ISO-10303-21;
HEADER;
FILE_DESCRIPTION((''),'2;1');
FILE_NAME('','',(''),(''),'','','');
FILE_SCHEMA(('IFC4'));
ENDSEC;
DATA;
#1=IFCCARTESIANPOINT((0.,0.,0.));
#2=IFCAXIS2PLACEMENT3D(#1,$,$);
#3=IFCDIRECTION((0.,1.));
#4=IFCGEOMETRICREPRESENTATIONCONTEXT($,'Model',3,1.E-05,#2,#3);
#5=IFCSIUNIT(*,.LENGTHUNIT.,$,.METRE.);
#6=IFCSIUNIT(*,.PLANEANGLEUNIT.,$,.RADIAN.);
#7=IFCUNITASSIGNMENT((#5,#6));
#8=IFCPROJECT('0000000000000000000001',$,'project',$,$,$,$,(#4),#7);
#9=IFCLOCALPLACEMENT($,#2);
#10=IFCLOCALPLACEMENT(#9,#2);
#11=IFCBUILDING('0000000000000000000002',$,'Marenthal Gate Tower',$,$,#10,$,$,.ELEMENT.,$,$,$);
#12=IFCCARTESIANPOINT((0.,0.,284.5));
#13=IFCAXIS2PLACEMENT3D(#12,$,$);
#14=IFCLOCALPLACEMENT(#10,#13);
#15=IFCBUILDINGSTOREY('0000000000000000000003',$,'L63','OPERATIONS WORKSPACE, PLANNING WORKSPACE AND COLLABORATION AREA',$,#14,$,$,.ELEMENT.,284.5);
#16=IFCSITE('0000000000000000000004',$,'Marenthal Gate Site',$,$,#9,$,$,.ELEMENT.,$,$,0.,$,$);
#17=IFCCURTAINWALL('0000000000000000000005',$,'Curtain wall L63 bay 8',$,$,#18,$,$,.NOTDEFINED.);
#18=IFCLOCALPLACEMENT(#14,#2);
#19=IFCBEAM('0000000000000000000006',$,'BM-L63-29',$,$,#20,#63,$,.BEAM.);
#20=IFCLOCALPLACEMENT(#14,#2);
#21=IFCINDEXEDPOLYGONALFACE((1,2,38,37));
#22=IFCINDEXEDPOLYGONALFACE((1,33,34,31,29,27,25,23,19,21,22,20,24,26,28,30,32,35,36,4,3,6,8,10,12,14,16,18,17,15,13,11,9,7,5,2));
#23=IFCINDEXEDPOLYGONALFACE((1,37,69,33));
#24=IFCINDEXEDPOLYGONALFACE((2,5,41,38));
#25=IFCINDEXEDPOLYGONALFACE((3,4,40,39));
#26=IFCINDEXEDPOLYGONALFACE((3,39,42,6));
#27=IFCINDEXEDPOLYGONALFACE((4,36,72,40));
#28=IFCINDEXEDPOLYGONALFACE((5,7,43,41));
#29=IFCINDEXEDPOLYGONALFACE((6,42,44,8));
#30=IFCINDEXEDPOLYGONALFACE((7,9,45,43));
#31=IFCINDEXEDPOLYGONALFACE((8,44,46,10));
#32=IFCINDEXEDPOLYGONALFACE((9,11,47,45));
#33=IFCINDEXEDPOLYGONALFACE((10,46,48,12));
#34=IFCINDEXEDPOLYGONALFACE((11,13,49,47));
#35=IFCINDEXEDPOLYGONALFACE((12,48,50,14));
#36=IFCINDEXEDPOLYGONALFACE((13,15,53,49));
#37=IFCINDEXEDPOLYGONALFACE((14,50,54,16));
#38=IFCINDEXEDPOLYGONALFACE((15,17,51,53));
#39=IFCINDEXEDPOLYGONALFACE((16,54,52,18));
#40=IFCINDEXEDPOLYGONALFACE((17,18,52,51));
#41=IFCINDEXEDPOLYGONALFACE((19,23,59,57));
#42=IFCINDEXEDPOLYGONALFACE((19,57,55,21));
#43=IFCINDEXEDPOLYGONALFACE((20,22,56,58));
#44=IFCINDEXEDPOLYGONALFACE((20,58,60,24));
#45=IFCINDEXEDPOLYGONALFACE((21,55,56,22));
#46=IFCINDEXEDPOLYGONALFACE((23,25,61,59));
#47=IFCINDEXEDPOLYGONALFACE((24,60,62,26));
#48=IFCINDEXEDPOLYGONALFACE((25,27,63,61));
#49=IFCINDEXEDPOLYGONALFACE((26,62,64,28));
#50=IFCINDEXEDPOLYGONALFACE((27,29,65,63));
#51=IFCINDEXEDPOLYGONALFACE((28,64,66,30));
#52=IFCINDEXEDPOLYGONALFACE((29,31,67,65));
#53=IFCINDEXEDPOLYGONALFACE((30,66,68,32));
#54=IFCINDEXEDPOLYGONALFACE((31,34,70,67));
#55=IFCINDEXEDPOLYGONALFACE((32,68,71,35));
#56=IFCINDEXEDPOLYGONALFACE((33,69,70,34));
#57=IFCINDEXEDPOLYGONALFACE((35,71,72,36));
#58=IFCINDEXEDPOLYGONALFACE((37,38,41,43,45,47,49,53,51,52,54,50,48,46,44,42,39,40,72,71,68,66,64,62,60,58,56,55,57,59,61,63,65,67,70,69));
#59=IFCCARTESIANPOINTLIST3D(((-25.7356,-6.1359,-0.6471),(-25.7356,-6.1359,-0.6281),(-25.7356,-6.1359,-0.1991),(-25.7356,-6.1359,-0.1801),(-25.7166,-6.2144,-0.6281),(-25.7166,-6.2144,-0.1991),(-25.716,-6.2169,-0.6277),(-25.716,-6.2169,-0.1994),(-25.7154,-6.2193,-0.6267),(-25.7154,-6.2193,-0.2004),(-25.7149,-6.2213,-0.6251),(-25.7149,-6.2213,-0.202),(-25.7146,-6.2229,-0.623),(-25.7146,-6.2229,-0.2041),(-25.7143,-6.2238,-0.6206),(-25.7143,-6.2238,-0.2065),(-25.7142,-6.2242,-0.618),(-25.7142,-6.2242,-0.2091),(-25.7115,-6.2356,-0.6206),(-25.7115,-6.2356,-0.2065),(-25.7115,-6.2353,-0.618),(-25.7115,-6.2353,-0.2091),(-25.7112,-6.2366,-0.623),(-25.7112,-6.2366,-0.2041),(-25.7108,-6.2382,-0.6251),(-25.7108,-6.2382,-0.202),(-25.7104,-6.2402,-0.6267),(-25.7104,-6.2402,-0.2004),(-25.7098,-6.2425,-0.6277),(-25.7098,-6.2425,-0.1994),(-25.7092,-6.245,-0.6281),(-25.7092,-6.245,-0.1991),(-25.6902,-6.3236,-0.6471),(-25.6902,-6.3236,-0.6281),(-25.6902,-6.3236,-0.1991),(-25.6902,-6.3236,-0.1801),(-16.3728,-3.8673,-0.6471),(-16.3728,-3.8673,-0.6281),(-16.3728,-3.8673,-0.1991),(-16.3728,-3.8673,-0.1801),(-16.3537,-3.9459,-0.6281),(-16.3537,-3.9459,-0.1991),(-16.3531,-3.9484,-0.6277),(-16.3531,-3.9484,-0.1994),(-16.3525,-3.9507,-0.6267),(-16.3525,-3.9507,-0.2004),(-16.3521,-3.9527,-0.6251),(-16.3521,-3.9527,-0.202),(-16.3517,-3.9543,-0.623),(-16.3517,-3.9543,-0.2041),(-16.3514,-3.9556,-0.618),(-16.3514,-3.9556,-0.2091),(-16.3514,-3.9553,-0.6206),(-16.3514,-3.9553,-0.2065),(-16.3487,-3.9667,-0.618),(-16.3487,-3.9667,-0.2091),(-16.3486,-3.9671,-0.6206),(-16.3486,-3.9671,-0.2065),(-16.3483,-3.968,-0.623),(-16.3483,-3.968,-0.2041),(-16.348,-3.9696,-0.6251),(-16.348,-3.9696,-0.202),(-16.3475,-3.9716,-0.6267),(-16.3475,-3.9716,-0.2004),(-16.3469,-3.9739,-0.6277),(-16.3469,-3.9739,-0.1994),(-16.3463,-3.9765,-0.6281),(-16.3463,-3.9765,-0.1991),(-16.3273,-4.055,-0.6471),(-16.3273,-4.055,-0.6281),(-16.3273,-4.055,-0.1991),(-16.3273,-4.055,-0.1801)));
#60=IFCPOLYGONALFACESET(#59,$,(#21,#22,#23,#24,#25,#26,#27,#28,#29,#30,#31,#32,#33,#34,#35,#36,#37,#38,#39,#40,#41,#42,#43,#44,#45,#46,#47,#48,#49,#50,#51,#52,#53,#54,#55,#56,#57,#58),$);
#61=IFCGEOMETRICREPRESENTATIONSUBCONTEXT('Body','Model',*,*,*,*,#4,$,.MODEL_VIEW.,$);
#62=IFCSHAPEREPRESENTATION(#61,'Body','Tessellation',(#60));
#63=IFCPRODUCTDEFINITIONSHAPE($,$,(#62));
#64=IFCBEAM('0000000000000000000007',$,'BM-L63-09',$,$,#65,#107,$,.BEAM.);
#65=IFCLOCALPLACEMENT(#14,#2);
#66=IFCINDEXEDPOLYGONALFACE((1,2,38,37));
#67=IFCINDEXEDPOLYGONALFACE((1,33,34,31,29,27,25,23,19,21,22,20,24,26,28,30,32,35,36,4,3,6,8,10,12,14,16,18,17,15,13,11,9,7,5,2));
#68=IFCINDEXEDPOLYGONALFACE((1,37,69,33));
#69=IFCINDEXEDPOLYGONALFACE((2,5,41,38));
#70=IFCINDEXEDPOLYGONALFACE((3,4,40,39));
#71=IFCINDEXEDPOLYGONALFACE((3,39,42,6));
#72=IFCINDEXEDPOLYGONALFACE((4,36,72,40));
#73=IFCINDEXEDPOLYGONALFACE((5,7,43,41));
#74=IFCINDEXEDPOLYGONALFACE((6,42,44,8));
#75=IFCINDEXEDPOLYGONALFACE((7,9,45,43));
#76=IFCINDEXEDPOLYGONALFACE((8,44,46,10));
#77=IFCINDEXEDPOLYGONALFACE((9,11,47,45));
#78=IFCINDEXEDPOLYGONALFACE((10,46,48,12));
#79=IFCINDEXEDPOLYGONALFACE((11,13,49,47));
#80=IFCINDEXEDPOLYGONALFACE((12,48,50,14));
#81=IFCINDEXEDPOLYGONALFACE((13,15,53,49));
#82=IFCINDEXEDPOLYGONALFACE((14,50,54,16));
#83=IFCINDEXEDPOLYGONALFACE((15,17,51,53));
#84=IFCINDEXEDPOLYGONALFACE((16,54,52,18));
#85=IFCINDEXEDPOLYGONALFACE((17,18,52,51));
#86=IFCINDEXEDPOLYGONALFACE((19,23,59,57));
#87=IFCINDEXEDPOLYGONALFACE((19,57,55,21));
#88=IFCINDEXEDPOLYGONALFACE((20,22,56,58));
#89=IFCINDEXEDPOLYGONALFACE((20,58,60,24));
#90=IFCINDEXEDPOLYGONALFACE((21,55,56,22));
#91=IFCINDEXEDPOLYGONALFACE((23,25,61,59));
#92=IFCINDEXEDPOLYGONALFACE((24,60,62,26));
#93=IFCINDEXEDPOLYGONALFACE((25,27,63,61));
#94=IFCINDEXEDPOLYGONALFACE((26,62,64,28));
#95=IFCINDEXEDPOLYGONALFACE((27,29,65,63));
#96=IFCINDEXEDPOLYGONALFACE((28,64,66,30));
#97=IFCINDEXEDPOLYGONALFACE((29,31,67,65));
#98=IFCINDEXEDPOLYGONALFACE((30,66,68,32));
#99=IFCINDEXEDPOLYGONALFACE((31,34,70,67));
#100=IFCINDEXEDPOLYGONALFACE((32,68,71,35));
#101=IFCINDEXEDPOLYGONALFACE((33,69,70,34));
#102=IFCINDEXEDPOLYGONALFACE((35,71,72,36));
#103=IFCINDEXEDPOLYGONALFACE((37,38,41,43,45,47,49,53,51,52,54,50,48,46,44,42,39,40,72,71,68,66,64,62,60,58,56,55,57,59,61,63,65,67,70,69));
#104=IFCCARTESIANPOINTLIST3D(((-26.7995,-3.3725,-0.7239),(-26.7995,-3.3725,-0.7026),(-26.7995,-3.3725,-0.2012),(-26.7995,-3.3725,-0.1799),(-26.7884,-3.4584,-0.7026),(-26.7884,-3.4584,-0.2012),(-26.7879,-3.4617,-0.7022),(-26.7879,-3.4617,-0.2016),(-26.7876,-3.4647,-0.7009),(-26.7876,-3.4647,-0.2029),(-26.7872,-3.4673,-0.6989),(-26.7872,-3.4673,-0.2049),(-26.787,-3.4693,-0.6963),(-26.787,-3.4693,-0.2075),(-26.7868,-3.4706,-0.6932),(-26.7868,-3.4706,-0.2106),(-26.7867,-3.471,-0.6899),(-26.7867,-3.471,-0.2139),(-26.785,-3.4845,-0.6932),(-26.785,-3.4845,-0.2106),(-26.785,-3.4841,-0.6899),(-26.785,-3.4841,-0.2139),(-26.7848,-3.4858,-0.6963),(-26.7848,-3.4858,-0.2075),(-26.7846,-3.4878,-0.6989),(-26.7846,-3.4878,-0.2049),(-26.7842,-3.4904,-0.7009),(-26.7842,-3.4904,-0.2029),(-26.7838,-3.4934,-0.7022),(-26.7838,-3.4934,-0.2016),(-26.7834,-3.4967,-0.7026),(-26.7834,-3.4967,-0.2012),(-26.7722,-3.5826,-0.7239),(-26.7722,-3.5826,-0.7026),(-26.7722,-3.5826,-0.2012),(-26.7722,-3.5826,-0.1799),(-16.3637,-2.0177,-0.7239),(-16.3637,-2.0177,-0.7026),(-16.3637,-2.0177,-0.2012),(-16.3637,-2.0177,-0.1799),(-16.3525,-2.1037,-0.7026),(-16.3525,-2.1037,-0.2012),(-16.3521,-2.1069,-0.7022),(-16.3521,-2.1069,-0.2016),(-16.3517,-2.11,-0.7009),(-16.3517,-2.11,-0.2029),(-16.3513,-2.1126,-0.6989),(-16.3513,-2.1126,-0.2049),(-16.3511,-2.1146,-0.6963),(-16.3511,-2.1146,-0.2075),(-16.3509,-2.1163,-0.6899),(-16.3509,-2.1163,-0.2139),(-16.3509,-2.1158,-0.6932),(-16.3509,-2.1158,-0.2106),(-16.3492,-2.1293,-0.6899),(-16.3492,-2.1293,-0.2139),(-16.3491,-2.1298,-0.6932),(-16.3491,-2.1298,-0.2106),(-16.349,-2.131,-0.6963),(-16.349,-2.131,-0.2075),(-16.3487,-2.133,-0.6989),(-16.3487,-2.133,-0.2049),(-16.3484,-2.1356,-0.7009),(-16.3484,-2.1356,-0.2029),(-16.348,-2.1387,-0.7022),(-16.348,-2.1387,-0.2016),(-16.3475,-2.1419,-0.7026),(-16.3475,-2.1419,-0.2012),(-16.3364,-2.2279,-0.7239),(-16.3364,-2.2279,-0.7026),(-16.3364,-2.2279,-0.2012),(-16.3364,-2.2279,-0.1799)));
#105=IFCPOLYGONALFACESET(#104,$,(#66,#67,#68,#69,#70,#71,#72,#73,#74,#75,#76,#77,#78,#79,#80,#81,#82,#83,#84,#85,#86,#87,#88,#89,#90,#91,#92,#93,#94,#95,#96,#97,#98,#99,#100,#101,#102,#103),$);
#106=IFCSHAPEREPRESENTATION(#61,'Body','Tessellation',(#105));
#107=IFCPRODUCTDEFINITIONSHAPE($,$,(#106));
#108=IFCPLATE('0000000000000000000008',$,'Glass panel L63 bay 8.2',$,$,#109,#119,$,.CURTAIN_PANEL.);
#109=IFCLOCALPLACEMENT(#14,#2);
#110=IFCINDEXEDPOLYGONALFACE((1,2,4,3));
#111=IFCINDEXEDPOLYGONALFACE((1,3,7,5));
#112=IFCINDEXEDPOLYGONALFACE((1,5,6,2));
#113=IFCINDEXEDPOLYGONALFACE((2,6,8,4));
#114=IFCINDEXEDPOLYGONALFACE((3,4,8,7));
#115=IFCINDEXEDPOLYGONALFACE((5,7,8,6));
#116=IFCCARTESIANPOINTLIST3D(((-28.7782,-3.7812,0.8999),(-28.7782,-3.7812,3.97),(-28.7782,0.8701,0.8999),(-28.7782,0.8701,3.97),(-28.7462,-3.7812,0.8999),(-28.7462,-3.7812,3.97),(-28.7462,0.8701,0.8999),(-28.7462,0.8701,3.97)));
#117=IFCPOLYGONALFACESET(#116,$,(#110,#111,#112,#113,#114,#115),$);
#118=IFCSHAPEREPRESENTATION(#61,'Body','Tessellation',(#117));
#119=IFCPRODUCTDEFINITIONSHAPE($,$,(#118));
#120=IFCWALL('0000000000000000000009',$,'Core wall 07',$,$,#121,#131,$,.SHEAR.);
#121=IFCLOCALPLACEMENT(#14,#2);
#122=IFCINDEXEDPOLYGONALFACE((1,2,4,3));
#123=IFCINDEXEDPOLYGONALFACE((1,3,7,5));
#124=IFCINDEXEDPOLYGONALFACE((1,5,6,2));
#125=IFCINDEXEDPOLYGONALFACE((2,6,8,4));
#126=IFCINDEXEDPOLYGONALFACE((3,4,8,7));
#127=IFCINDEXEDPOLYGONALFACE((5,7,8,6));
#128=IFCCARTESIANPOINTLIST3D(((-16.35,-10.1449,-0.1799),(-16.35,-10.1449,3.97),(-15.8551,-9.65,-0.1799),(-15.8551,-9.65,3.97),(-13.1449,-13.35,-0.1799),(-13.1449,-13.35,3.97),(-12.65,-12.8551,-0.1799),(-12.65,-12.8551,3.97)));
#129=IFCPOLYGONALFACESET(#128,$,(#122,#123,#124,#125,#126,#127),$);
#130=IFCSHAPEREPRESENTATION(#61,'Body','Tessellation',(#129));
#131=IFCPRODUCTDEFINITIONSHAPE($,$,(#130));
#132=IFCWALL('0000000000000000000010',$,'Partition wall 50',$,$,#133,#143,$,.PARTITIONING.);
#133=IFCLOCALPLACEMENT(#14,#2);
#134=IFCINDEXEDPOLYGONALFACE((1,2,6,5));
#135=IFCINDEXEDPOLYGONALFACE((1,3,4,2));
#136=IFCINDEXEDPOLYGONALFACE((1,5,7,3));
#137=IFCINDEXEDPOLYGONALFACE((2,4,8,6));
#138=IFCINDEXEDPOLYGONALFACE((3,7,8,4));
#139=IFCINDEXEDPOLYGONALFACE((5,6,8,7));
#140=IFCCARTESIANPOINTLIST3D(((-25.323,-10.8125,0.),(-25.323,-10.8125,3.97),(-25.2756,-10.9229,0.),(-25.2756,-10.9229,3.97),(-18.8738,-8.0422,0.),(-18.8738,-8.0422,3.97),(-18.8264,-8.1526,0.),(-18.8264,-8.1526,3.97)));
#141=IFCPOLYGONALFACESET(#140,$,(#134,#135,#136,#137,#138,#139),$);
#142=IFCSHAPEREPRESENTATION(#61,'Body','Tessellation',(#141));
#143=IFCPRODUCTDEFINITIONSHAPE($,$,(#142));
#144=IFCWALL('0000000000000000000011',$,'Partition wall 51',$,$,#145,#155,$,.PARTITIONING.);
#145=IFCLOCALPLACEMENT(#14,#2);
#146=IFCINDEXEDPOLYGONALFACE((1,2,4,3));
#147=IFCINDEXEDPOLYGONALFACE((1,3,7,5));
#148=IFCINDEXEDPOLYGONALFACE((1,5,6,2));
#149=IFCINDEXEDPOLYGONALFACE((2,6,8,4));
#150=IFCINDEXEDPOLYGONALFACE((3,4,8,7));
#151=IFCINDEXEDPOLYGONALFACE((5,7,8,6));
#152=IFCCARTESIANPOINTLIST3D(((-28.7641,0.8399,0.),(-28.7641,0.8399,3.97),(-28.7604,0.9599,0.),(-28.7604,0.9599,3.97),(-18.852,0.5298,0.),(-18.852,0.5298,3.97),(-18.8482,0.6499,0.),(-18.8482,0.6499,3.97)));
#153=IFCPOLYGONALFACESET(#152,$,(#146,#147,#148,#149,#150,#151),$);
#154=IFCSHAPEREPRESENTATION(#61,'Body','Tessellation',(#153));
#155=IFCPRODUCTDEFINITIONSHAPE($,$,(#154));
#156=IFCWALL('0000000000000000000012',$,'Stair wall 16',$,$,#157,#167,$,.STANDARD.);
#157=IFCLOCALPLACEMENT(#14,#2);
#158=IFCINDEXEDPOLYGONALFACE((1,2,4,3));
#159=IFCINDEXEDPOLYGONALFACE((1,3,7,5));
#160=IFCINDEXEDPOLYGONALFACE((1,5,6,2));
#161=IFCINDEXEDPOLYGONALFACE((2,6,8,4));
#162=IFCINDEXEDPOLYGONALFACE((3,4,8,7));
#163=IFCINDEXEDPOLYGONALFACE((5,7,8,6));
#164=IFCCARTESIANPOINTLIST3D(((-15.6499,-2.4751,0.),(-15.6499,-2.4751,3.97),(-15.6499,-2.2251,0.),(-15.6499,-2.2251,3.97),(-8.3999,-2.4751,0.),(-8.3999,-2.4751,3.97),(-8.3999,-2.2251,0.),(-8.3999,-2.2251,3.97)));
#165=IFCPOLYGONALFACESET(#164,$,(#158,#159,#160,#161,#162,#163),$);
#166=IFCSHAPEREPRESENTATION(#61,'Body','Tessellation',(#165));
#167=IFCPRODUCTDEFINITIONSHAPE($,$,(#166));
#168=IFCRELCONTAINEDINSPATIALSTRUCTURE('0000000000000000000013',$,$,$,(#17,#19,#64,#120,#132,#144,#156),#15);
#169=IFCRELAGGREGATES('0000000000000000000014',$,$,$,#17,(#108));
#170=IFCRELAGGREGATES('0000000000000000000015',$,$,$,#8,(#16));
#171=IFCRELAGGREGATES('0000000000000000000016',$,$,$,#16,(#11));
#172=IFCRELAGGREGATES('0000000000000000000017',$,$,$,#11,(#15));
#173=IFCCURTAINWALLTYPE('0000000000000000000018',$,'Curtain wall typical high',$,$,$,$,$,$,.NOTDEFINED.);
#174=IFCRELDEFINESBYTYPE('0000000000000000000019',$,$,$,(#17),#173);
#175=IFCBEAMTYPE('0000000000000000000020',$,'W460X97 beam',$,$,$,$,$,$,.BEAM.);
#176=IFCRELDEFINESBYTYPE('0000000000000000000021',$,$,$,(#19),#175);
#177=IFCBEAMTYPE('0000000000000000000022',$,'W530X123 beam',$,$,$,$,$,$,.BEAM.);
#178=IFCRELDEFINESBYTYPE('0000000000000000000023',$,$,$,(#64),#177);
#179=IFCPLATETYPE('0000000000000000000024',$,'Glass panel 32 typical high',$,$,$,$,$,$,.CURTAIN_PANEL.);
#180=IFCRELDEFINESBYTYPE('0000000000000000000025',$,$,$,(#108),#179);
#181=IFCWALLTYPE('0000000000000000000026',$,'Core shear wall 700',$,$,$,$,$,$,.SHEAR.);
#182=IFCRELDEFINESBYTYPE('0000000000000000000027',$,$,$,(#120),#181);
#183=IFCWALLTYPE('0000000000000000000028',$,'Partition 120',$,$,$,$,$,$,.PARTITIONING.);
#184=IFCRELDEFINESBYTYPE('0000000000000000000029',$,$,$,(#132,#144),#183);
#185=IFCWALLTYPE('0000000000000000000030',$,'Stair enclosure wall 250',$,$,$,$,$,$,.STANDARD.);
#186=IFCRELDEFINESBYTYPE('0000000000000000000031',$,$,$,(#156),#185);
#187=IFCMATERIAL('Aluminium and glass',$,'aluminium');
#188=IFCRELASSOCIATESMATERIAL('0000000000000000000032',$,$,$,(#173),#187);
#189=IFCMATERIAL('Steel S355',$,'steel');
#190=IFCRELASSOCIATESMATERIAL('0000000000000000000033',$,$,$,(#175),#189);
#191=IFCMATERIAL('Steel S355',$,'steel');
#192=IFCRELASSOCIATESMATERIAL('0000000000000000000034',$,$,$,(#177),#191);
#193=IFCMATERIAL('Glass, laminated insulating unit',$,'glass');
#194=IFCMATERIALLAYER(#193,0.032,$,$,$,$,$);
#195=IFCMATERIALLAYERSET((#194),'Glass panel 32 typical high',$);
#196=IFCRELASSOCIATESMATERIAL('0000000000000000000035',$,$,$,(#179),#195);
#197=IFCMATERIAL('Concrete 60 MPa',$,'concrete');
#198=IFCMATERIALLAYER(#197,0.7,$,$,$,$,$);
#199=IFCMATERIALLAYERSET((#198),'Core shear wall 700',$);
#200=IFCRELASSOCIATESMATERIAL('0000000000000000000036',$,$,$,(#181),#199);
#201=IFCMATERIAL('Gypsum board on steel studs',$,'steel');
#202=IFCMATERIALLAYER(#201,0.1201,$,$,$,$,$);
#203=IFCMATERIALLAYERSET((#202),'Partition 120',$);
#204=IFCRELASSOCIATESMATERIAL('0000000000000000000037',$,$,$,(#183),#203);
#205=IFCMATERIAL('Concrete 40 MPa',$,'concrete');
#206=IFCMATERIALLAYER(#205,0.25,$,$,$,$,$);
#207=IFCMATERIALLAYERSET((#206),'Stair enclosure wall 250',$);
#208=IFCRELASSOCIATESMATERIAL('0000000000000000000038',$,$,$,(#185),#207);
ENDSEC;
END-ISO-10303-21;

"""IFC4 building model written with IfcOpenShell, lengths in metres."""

from ifc_helpers import new_model, si_unit, direction, frame, frame_2d, origin, origin_2d, place, context, subcontext, project, spatial, rectangle, i_section, extrude, material, layer, layer_set, material_profile, profile_set, type_object, element, aggregate, save


model = new_model("IFC4")

# Units and contexts
model_context = context("Model", 3, precision=1e-05, world=origin(), true_north=direction((0.0, 1.0)))
body_context = subcontext(model_context, "Body", "Model", "MODEL_VIEW")
ifc_project = project(units=[si_unit("LENGTHUNIT", "METRE"), si_unit("PLANEANGLEUNIT", "RADIAN")], contexts=[model_context])

# Site, building, storey
site_placement = place(None, origin())
site = spatial("IfcSite", under=ifc_project, at=site_placement, Name="Marenthal Gate Site", CompositionType="ELEMENT", RefElevation=0.0)
building_placement = place(site_placement, origin())
building = spatial("IfcBuilding", under=site, at=building_placement, Name="Marenthal Gate Tower", CompositionType="ELEMENT")
storey_placement = place(building_placement, frame((0.0, 0.0, 284.5)))
storey = spatial("IfcBuildingStorey", under=building, at=storey_placement, Name="L63", Description="OPERATIONS WORKSPACE, PLANNING WORKSPACE AND COLLABORATION AREA", CompositionType="ELEMENT", Elevation=284.5)

# Curtain wall
ifc_material_1 = material(Name="Aluminium and glass", Category="aluminium")
curtain_wall_type = type_object("IfcCurtainWallType", Name="Curtain wall typical high", PredefinedType="NOTDEFINED", material=ifc_material_1)
curtain_wall_placement = place(storey_placement, origin())
curtain_wall = element("IfcCurtainWall", 1, at=curtain_wall_placement, inside=storey, type_object=curtain_wall_type, Name="Curtain wall L63 bay 8", PredefinedType="NOTDEFINED")

# Beams
ifc_material_2 = material(Name="Steel S355", Category="steel")
ifc_material_profile_1 = material_profile(ifc_material_2, i_section(OverallWidth=0.1931, OverallDepth=0.467, WebThickness=0.0115, FlangeThickness=0.019, FilletRadius=0.01, at=origin_2d()), Name="W460X97")
ifc_profile_set_1 = profile_set([ifc_material_profile_1], Name="Steel S355")
beam_type_1 = type_object("IfcBeamType", Name="W460X97 beam", PredefinedType="BEAM", material=ifc_profile_set_1)
beam_1_placement = place(storey_placement, frame((-25.7129, -6.2297, -0.4136), z_axis=(0.971879, 0.235481, 0.0), x_axis=(-0.235481, 0.971879, 0.0)))
element("IfcBeam", 2, at=beam_1_placement, inside=storey, type_object=beam_type_1, Name="BM-L63-29", PredefinedType="BEAM", context=body_context, shape_type="SweptSolid", body=[
    extrude(i_section(OverallWidth=0.1931, OverallDepth=0.467, WebThickness=0.0115, FlangeThickness=0.019, FilletRadius=0.01, at=origin_2d()), origin(), (0.0, 0.0, 1.0), 9.6338),
])
ifc_material_3 = material(Name="Steel S355", Category="steel")
ifc_material_profile_2 = material_profile(ifc_material_3, i_section(OverallWidth=0.2119, OverallDepth=0.5439, WebThickness=0.0132, FlangeThickness=0.0212, FilletRadius=0.0127, at=origin_2d()), Name="W530X123")
ifc_profile_set_2 = profile_set([ifc_material_profile_2], Name="Steel S355")
beam_type_2 = type_object("IfcBeamType", Name="W530X123 beam", PredefinedType="BEAM", material=ifc_profile_set_2)
beam_2_placement = place(storey_placement, frame((-26.7859, -3.4775, -0.4519), z_axis=(0.991679, 0.128736, 0.0), x_axis=(-0.128736, 0.991679, 0.0)))
element("IfcBeam", 3, at=beam_2_placement, inside=storey, type_object=beam_type_2, Name="BM-L63-09", PredefinedType="BEAM", context=body_context, shape_type="SweptSolid", body=[
    extrude(i_section(OverallWidth=0.2119, OverallDepth=0.5439, WebThickness=0.0132, FlangeThickness=0.0212, FilletRadius=0.0127, at=origin_2d()), origin(), (0.0, 0.0, 1.0), 10.5234),
])

# Plate
ifc_material_4 = material(Name="Glass, laminated insulating unit", Category="glass")
ifc_layer_1 = layer(ifc_material_4, 0.032)
ifc_layer_set_1 = layer_set([ifc_layer_1], Name="Glass panel 32 typical high")
plate_type = type_object("IfcPlateType", Name="Glass panel 32 typical high", PredefinedType="CURTAIN_PANEL", material=ifc_layer_set_1)
plate_placement = place(storey_placement, frame((-28.7622, -1.4556, 0.8999), z_axis=(0.0, 0.0, 1.0), x_axis=(0.0, -1.0, 0.0)))
plate = element("IfcPlate", 4, at=plate_placement, type_object=plate_type, Name="Glass panel L63 bay 8.2", PredefinedType="CURTAIN_PANEL", context=body_context, shape_type="SweptSolid", body=[
    extrude(rectangle(XDim=4.6514, YDim=0.032, at=origin_2d()), origin(), (0.0, 0.0, 1.0), 3.0701),
])
aggregate(curtain_wall, [plate])

# Walls
ifc_material_5 = material(Name="Concrete 60 MPa", Category="concrete")
ifc_layer_2 = layer(ifc_material_5, 0.7)
ifc_layer_set_2 = layer_set([ifc_layer_2], Name="Core shear wall 700")
wall_type_1 = type_object("IfcWallType", Name="Core shear wall 700", PredefinedType="SHEAR", material=ifc_layer_set_2)
wall_1_placement = place(storey_placement, frame((-16.1025, -9.8975, -0.1799), z_axis=(0.0, 0.0, 1.0), x_axis=(0.707107, -0.707107, 0.0)))
element("IfcWall", 5, at=wall_1_placement, inside=storey, type_object=wall_type_1, Name="Core wall 07", PredefinedType="SHEAR", context=body_context, shape_type="SweptSolid", body=[
    extrude(rectangle(XDim=4.5327, YDim=0.7, at=frame_2d((2.2664, 0.0))), origin(), (0.0, 0.0, 1.0), 4.1499),
])
ifc_material_6 = material(Name="Gypsum board on steel studs", Category="steel")
ifc_layer_3 = layer(ifc_material_6, 0.1201)
ifc_layer_set_3 = layer_set([ifc_layer_3], Name="Partition 120")
wall_type_2 = type_object("IfcWallType", Name="Partition 120", PredefinedType="PARTITIONING", material=ifc_layer_set_3)
wall_2_placement = place(storey_placement, frame((-18.8501, -8.0974, 0.0), z_axis=(0.0, 0.0, 1.0), x_axis=(-0.918819, -0.394679, 0.0)))
element("IfcWall", 6, at=wall_2_placement, inside=storey, type_object=wall_type_2, Name="Partition wall 50", PredefinedType="PARTITIONING", context=body_context, shape_type="SweptSolid", body=[
    extrude(rectangle(XDim=7.019, YDim=0.1201, at=frame_2d((3.5095, 0.0))), origin(), (0.0, 0.0, 1.0), 3.97),
])
wall_3_placement = place(storey_placement, frame((-18.8501, 0.5898, 0.0), z_axis=(0.0, 0.0, 1.0), x_axis=(-0.999511, 0.031265, 0.0)))
element("IfcWall", 7, at=wall_3_placement, inside=storey, type_object=wall_type_2, Name="Partition wall 51", PredefinedType="PARTITIONING", context=body_context, shape_type="SweptSolid", body=[
    extrude(rectangle(XDim=9.917, YDim=0.1201, at=frame_2d((4.9585, 0.0))), origin(), (0.0, 0.0, 1.0), 3.97),
])
ifc_material_7 = material(Name="Concrete 40 MPa", Category="concrete")
ifc_layer_4 = layer(ifc_material_7, 0.25)
ifc_layer_set_4 = layer_set([ifc_layer_4], Name="Stair enclosure wall 250")
wall_type_3 = type_object("IfcWallType", Name="Stair enclosure wall 250", PredefinedType="STANDARD", material=ifc_layer_set_4)
wall_4_placement = place(storey_placement, frame((-15.6499, -2.3501, 0.0), z_axis=(0.0, 0.0, 1.0), x_axis=(1.0, 0.0, 0.0)))
element("IfcWall", 8, at=wall_4_placement, inside=storey, type_object=wall_type_3, Name="Stair wall 16", PredefinedType="STANDARD", context=body_context, shape_type="SweptSolid", body=[
    extrude(rectangle(XDim=7.25, YDim=0.25, at=frame_2d((3.625, 0.0))), origin(), (0.0, 0.0, 1.0), 3.97),
])

save(model, "model.ifc")
